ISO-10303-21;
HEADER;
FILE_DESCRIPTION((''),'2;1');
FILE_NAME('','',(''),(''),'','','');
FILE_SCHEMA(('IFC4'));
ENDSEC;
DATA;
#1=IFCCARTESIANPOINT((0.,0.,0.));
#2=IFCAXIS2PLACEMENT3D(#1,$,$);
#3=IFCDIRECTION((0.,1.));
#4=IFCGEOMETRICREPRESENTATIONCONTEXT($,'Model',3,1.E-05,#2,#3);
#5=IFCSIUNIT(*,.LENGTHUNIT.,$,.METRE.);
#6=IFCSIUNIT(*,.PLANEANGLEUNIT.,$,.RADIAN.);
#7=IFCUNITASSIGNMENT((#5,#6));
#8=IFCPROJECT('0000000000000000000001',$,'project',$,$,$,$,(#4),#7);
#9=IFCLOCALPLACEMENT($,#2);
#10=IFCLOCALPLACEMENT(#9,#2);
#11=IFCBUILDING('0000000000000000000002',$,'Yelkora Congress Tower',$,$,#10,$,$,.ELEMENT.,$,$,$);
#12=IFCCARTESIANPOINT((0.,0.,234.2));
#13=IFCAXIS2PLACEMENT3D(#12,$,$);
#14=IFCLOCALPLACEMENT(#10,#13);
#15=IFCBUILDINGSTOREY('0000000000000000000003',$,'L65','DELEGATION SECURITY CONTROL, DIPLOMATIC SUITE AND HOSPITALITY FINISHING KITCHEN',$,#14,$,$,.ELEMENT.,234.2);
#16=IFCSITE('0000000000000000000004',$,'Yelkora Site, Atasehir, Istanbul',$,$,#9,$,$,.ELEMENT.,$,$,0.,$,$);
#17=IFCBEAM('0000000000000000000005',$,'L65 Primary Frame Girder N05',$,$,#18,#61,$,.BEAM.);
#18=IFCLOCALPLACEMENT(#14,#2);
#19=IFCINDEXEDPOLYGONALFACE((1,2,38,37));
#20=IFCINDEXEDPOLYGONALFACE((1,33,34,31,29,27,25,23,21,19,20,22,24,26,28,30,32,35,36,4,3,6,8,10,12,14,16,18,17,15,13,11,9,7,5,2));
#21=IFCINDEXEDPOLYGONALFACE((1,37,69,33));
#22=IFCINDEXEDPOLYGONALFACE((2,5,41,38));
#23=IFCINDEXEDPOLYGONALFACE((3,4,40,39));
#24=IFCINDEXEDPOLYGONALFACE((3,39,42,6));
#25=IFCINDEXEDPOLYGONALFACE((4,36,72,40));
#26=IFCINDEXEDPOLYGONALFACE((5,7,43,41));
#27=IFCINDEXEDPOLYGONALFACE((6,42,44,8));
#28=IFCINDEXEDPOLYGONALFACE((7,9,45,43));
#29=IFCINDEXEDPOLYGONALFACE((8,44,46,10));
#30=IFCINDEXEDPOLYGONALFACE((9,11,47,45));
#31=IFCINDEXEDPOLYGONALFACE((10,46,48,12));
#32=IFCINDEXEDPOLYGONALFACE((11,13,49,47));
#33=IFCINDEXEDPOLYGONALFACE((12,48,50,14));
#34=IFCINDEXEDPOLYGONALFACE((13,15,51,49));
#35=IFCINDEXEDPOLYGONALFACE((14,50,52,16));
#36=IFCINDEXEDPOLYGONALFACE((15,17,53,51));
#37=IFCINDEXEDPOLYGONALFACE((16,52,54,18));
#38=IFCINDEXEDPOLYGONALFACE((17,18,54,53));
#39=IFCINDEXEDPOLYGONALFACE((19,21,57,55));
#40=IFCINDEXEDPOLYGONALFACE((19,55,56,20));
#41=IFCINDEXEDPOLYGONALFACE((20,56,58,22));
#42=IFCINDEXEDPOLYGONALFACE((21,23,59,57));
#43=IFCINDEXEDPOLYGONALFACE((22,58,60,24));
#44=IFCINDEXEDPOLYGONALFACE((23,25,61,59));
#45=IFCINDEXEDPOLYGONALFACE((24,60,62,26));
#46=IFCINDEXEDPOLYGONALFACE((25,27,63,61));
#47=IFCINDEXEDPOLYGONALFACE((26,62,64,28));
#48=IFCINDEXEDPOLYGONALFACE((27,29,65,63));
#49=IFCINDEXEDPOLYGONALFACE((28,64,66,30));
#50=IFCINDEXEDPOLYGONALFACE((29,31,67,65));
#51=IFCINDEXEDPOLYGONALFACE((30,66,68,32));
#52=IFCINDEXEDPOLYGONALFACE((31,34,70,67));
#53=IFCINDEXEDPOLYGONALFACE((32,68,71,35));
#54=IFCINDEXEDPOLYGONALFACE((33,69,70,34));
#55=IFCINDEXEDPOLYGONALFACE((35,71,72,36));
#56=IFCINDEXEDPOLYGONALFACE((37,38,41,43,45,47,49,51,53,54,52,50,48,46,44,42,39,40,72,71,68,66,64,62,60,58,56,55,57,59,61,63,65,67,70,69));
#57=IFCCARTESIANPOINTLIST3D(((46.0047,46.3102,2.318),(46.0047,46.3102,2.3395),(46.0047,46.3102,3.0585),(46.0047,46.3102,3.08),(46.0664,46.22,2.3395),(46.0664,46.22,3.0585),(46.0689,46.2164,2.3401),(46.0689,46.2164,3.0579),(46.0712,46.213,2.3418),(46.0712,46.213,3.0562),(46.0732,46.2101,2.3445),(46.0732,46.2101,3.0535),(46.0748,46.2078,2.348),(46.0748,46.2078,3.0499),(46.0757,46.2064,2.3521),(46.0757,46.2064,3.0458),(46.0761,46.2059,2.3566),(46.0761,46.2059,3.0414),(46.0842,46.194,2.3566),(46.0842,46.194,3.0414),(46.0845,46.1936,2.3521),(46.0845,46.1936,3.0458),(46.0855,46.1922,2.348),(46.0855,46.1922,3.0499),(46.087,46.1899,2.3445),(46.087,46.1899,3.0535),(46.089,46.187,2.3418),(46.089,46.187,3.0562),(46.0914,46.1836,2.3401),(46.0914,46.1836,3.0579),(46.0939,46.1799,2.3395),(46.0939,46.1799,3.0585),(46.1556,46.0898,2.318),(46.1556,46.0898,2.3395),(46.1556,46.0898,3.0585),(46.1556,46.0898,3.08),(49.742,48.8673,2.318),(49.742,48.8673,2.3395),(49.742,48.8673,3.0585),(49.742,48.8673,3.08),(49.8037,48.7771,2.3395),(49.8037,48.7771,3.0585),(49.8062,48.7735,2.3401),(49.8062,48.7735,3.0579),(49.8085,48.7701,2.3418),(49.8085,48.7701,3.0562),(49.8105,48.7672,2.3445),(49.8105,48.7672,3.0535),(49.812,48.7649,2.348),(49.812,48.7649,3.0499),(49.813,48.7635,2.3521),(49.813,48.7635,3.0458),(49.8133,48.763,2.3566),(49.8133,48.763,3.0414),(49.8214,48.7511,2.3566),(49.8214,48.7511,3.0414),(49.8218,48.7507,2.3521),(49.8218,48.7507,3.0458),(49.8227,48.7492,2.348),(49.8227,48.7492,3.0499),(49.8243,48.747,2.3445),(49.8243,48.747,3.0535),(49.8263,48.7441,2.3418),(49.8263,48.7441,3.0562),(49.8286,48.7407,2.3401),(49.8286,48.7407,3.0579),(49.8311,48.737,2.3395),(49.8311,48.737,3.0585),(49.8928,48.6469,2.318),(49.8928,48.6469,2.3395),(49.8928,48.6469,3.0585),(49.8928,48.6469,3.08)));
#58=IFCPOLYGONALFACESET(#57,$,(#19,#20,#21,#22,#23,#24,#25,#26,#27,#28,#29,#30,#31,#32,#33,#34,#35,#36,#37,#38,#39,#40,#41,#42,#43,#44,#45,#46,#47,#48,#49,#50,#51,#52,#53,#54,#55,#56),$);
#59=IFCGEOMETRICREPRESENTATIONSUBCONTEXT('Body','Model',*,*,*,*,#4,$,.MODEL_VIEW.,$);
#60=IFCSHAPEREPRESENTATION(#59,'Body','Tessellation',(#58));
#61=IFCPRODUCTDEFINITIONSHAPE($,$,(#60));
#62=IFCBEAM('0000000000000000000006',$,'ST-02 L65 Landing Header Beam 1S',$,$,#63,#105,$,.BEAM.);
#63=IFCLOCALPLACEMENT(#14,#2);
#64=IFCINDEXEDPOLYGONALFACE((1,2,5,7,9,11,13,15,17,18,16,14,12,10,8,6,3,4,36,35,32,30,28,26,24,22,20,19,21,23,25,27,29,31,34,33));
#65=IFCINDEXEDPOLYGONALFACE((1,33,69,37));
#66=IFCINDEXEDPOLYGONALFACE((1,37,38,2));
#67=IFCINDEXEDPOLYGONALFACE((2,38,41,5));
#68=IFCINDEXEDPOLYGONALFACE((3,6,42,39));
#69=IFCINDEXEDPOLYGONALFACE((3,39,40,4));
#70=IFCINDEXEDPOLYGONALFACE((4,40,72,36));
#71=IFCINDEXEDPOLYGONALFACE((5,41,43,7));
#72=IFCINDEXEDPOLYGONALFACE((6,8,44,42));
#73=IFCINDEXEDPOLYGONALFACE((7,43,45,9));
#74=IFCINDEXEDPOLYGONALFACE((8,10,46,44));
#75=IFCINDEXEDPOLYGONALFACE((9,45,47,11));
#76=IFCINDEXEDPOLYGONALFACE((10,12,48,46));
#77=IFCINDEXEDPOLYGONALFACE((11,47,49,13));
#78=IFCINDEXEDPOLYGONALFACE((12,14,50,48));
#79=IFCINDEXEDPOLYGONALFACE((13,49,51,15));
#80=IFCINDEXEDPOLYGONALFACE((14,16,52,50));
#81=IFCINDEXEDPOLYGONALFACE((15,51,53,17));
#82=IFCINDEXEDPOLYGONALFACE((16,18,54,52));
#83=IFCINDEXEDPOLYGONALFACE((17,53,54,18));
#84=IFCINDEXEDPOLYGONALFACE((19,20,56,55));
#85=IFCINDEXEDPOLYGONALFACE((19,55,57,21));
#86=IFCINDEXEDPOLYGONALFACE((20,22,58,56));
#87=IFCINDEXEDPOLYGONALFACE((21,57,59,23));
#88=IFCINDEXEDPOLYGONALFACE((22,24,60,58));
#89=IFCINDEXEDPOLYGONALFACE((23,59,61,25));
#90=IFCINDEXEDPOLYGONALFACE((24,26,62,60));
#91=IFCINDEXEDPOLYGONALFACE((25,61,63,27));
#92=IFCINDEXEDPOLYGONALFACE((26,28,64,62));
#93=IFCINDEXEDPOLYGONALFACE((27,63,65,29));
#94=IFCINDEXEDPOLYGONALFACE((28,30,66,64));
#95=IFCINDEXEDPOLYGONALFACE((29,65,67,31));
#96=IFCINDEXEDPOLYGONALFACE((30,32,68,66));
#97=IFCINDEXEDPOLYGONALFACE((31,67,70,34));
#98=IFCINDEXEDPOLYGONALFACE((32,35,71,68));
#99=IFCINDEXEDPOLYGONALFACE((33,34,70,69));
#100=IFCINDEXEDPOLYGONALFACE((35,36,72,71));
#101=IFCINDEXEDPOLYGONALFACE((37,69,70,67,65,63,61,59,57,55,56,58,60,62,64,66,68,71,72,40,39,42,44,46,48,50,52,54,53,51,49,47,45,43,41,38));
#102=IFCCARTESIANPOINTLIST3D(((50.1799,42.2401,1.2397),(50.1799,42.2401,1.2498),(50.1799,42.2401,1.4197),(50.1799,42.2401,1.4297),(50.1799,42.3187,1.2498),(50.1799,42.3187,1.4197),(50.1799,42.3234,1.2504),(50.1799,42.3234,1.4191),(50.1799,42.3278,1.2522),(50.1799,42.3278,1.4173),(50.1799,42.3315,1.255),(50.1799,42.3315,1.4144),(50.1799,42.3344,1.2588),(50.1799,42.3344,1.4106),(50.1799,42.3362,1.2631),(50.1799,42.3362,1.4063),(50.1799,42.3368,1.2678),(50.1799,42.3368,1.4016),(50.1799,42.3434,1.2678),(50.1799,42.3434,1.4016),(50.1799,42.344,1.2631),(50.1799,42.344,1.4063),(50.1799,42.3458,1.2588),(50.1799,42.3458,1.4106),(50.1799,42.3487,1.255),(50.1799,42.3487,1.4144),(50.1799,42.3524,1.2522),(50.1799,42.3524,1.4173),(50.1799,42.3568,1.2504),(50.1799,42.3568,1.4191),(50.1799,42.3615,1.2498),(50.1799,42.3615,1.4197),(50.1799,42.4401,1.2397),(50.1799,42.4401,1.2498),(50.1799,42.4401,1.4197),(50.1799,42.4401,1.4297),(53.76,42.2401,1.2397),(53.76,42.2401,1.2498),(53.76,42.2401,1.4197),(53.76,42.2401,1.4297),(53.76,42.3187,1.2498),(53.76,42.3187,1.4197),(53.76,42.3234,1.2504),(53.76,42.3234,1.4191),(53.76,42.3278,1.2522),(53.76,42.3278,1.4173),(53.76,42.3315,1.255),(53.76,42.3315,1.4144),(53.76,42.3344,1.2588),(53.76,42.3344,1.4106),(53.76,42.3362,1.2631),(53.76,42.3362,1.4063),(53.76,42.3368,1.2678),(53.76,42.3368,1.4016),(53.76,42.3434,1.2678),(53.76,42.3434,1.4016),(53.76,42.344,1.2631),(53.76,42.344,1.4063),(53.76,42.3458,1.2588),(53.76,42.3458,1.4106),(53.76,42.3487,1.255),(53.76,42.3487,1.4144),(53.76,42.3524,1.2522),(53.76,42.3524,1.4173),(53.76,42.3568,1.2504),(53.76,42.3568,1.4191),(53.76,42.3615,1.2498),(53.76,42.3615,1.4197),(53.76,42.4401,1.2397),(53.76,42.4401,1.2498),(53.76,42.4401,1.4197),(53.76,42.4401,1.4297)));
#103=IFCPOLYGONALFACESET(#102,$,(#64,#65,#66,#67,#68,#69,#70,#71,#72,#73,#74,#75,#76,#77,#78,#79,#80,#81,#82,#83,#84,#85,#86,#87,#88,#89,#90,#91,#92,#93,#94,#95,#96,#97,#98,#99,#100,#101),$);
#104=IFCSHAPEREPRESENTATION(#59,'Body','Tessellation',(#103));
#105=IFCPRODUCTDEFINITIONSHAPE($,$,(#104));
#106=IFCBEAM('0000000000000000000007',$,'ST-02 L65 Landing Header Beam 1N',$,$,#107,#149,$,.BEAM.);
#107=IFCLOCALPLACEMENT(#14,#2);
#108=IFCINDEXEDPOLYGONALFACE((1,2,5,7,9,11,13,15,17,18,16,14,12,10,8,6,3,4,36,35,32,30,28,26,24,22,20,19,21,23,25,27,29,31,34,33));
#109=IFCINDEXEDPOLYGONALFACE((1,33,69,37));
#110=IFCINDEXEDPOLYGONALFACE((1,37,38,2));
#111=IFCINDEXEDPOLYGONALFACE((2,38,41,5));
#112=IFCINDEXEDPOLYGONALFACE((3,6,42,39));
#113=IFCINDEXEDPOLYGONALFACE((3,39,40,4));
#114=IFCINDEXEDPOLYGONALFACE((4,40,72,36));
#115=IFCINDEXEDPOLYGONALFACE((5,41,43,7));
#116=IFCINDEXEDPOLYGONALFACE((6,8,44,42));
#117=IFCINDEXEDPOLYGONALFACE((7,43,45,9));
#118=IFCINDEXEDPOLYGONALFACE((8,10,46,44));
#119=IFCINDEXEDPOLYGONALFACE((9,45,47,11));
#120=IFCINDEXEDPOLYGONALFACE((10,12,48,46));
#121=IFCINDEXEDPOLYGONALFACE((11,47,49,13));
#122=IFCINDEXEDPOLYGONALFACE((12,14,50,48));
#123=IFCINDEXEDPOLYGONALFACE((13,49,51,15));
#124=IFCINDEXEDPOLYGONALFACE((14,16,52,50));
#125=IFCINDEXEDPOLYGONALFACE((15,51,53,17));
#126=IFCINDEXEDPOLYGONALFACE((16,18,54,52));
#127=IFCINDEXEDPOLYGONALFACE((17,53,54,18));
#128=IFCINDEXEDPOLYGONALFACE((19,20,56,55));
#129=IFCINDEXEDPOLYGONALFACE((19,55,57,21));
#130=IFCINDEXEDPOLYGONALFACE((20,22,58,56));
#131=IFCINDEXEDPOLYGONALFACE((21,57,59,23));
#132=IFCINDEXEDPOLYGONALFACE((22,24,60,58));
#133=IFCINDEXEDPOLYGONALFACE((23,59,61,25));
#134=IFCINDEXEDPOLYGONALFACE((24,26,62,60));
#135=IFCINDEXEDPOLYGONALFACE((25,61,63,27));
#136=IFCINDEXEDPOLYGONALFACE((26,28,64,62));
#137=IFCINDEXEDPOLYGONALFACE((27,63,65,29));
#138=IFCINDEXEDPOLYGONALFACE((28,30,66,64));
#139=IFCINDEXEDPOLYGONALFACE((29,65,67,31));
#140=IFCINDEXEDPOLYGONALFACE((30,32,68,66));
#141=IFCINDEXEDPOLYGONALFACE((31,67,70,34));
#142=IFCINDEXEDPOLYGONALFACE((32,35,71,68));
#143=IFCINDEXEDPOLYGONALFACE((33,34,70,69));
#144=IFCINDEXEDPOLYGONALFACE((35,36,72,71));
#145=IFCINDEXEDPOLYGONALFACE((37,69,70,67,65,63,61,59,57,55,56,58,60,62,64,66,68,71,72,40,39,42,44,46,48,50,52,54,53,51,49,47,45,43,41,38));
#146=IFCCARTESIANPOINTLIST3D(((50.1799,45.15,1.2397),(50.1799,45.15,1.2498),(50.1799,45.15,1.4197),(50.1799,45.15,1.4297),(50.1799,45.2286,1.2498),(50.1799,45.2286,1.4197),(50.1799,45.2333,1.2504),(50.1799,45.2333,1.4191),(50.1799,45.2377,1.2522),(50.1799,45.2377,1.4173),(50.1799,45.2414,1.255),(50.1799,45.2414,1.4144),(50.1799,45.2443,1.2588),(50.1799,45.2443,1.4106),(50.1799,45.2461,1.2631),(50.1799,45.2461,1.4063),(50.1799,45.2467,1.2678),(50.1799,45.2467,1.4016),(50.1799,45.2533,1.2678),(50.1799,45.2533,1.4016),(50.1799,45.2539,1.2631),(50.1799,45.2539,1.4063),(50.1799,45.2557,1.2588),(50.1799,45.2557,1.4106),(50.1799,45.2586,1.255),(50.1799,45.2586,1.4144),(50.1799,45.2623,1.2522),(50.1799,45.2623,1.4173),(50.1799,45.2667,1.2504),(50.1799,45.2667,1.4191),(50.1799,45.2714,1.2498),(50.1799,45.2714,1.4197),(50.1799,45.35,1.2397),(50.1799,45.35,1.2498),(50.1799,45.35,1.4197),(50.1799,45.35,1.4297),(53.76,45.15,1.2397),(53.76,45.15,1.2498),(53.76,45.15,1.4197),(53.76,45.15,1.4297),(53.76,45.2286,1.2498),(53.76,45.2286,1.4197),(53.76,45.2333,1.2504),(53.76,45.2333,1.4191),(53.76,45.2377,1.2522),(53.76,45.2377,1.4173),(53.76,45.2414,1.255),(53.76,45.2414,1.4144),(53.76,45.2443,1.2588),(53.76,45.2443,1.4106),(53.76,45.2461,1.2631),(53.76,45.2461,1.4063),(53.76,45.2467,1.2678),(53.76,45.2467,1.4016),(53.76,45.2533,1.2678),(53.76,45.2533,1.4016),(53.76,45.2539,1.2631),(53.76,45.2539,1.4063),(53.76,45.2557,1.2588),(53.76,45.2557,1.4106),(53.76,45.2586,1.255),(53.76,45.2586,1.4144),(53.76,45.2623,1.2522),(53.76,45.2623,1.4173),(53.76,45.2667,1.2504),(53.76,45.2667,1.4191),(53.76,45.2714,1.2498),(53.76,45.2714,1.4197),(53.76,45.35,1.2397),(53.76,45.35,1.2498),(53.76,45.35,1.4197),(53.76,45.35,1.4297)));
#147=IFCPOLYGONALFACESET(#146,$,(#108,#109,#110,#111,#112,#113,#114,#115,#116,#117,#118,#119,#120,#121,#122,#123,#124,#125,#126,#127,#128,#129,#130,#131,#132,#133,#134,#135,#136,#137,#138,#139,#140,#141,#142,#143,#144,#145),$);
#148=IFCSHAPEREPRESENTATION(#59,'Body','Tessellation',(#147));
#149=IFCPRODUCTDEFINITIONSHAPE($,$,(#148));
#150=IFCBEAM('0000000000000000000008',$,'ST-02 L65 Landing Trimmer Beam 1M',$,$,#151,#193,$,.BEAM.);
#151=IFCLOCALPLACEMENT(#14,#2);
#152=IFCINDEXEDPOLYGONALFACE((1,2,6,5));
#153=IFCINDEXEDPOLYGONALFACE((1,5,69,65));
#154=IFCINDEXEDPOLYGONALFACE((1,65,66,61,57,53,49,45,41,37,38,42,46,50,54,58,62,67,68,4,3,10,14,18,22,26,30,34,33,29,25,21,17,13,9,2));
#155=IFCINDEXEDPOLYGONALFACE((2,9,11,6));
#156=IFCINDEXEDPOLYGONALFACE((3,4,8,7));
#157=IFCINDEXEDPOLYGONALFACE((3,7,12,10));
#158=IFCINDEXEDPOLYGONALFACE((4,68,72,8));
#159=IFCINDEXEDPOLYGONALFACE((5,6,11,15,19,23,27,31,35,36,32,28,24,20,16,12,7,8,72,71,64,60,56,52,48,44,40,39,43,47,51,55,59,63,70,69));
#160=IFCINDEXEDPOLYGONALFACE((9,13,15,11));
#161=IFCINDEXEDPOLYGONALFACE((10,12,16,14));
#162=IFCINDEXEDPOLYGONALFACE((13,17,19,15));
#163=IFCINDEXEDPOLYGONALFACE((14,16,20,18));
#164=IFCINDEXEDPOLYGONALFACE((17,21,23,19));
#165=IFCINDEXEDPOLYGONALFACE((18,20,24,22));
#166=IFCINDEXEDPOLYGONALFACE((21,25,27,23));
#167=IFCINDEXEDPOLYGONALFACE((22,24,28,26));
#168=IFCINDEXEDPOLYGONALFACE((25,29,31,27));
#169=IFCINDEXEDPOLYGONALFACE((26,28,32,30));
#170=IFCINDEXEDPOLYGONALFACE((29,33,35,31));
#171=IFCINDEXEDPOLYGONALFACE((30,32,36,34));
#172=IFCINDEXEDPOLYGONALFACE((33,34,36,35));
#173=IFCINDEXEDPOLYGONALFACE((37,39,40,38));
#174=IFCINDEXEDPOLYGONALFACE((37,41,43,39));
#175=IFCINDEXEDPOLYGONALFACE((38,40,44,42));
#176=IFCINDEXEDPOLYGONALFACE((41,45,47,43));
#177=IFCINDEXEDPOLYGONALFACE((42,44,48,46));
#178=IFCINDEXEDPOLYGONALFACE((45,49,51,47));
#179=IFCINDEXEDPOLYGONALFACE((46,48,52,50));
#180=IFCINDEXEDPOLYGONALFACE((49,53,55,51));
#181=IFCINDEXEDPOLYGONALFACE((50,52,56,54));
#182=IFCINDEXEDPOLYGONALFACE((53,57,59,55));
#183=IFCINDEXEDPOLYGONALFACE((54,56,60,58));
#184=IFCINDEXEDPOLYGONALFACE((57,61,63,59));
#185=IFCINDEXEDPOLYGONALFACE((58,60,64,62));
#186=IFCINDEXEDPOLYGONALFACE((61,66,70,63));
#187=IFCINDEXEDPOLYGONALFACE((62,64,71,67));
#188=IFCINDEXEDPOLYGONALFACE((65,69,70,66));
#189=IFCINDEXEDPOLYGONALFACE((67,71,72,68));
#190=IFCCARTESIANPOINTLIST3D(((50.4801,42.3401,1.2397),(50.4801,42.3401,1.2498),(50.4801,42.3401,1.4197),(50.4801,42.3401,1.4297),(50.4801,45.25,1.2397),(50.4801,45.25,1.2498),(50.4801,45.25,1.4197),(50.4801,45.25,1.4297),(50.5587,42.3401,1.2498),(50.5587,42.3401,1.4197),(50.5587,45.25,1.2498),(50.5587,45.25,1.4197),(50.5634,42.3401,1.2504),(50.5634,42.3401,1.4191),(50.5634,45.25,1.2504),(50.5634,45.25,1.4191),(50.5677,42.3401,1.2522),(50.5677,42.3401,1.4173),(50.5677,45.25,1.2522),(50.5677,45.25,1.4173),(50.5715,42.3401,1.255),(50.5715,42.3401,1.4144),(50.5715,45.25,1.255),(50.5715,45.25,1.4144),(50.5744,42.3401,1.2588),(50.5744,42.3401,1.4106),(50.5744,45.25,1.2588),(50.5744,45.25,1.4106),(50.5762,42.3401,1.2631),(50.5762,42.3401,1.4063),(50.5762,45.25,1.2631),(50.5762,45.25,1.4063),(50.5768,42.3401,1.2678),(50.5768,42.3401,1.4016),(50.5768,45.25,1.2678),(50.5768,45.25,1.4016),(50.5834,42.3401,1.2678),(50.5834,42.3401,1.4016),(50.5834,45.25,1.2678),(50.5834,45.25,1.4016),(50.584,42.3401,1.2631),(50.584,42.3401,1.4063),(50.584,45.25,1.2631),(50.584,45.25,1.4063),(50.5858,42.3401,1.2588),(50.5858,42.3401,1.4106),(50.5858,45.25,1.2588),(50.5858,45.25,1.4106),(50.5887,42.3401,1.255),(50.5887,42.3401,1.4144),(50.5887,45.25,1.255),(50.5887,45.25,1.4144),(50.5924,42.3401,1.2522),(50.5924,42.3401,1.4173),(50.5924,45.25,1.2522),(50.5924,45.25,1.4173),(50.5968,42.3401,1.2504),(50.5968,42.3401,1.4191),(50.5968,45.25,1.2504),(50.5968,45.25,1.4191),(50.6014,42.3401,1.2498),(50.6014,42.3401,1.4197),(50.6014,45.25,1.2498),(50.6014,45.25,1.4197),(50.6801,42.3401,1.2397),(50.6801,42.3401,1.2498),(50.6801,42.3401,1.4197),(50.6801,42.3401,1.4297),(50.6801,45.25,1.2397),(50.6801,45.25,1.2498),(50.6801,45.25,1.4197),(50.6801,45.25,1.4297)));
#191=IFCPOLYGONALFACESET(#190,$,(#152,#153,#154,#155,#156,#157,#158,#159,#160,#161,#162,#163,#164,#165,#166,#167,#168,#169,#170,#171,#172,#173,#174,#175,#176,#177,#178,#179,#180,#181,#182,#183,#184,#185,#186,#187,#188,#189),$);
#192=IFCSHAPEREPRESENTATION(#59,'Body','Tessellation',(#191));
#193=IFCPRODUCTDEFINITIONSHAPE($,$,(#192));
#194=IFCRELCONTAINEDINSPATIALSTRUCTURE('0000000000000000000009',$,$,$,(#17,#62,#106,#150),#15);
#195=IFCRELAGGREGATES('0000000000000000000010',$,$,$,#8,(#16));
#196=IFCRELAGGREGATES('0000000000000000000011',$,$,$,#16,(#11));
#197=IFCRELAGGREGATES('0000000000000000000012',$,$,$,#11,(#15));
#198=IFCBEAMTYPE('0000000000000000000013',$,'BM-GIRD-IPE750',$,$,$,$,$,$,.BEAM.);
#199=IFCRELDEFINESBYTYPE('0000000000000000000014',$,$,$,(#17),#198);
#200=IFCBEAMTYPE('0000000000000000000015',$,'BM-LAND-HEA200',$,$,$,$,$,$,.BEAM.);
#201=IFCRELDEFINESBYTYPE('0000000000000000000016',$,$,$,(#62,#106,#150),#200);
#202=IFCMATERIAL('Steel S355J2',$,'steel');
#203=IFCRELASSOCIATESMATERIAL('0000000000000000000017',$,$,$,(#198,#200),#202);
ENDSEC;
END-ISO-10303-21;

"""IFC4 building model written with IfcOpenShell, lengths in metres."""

from ifc_helpers import new_model, si_unit, direction, frame, origin, origin_2d, place, context, subcontext, project, spatial, i_section, extrude, material, material_profile, profile_set, type_object, element, save


model = new_model("IFC4")

# Units and contexts
model_context = context("Model", 3, precision=1e-05, world=origin(), true_north=direction((0.0, 1.0)))
body_context = subcontext(model_context, "Body", "Model", "MODEL_VIEW")
ifc_project = project(units=[si_unit("LENGTHUNIT", "METRE"), si_unit("PLANEANGLEUNIT", "RADIAN")], contexts=[model_context])

# Site, building, storey
site_placement = place(None, origin())
site = spatial("IfcSite", under=ifc_project, at=site_placement, Name="Yelkora Site, Atasehir, Istanbul", CompositionType="ELEMENT", RefElevation=0.0)
building_placement = place(site_placement, origin())
building = spatial("IfcBuilding", under=site, at=building_placement, Name="Yelkora Congress Tower", CompositionType="ELEMENT")
storey_placement = place(building_placement, frame((0.0, 0.0, 234.2)))
storey = spatial("IfcBuildingStorey", under=building, at=storey_placement, Name="L65", Description="DELEGATION SECURITY CONTROL, DIPLOMATIC SUITE AND HOSPITALITY FINISHING KITCHEN", CompositionType="ELEMENT", Elevation=234.2)

# Shared definitions
ifc_material_1 = material(Name="Steel S355J2", Category="steel")

# Beams
ifc_material_profile_1 = material_profile(ifc_material_1, i_section(OverallWidth=0.2671, OverallDepth=0.762, WebThickness=0.0144, FlangeThickness=0.0215, FilletRadius=0.0171, at=origin_2d()), Name="IPE 750x173")
ifc_profile_set_1 = profile_set([ifc_material_profile_1], Name="Steel S355J2")
beam_type_1 = type_object("IfcBeamType", Name="BM-GIRD-IPE750", PredefinedType="BEAM", material=ifc_profile_set_1)
beam_1_placement = place(storey_placement, frame((49.8174, 48.7571, 2.699), z_axis=(-0.825305, -0.564688, 0.0), x_axis=(0.564688, -0.825305, 0.0)))
element("IfcBeam", 1, at=beam_1_placement, inside=storey, type_object=beam_type_1, Name="L65 Primary Frame Girder N05", PredefinedType="BEAM", context=body_context, shape_type="SweptSolid", body=[
    extrude(i_section(OverallWidth=0.2671, OverallDepth=0.762, WebThickness=0.0144, FlangeThickness=0.0215, FilletRadius=0.0171, at=origin_2d()), origin(), (0.0, 0.0, 1.0), 4.5283),
])
ifc_material_profile_2 = material_profile(ifc_material_1, i_section(OverallWidth=0.2, OverallDepth=0.1899, WebThickness=0.0066, FlangeThickness=0.01, FilletRadius=0.0181, at=origin_2d()), Name="HEA 200")
ifc_profile_set_2 = profile_set([ifc_material_profile_2], Name="Steel S355J2")
beam_type_2 = type_object("IfcBeamType", Name="BM-LAND-HEA200", PredefinedType="BEAM", material=ifc_profile_set_2)
for number, where, z_axis, x_axis, name in (
    (2, (50.1799, 42.3401, 1.3347), (1.0, 0.0, 0.0), (0.0, 1.0, 0.0), "ST-02 L65 Landing Header Beam 1S"),
    (3, (50.1799, 45.25, 1.3347), (1.0, 0.0, 0.0), (0.0, 1.0, 0.0), "ST-02 L65 Landing Header Beam 1N"),
):
    element("IfcBeam", number, at=place(storey_placement, frame(where, z_axis=z_axis, x_axis=x_axis)), inside=storey, type_object=beam_type_2, Name=name, PredefinedType="BEAM", context=body_context, shape_type="SweptSolid", body=[
        extrude(i_section(OverallWidth=0.2, OverallDepth=0.1899, WebThickness=0.0066, FlangeThickness=0.01, FilletRadius=0.0181, at=origin_2d()), origin(), (0.0, 0.0, 1.0), 3.5801),
    ])
beam_2_placement = place(storey_placement, frame((50.5801, 42.3401, 1.3347), z_axis=(0.0, 1.0, 0.0), x_axis=(-1.0, 0.0, 0.0)))
element("IfcBeam", 4, at=beam_2_placement, inside=storey, type_object=beam_type_2, Name="ST-02 L65 Landing Trimmer Beam 1M", PredefinedType="BEAM", context=body_context, shape_type="SweptSolid", body=[
    extrude(i_section(OverallWidth=0.2, OverallDepth=0.1899, WebThickness=0.0066, FlangeThickness=0.01, FilletRadius=0.0181, at=origin_2d()), origin(), (0.0, 0.0, 1.0), 2.9099),
])

save(model, "model.ifc")
